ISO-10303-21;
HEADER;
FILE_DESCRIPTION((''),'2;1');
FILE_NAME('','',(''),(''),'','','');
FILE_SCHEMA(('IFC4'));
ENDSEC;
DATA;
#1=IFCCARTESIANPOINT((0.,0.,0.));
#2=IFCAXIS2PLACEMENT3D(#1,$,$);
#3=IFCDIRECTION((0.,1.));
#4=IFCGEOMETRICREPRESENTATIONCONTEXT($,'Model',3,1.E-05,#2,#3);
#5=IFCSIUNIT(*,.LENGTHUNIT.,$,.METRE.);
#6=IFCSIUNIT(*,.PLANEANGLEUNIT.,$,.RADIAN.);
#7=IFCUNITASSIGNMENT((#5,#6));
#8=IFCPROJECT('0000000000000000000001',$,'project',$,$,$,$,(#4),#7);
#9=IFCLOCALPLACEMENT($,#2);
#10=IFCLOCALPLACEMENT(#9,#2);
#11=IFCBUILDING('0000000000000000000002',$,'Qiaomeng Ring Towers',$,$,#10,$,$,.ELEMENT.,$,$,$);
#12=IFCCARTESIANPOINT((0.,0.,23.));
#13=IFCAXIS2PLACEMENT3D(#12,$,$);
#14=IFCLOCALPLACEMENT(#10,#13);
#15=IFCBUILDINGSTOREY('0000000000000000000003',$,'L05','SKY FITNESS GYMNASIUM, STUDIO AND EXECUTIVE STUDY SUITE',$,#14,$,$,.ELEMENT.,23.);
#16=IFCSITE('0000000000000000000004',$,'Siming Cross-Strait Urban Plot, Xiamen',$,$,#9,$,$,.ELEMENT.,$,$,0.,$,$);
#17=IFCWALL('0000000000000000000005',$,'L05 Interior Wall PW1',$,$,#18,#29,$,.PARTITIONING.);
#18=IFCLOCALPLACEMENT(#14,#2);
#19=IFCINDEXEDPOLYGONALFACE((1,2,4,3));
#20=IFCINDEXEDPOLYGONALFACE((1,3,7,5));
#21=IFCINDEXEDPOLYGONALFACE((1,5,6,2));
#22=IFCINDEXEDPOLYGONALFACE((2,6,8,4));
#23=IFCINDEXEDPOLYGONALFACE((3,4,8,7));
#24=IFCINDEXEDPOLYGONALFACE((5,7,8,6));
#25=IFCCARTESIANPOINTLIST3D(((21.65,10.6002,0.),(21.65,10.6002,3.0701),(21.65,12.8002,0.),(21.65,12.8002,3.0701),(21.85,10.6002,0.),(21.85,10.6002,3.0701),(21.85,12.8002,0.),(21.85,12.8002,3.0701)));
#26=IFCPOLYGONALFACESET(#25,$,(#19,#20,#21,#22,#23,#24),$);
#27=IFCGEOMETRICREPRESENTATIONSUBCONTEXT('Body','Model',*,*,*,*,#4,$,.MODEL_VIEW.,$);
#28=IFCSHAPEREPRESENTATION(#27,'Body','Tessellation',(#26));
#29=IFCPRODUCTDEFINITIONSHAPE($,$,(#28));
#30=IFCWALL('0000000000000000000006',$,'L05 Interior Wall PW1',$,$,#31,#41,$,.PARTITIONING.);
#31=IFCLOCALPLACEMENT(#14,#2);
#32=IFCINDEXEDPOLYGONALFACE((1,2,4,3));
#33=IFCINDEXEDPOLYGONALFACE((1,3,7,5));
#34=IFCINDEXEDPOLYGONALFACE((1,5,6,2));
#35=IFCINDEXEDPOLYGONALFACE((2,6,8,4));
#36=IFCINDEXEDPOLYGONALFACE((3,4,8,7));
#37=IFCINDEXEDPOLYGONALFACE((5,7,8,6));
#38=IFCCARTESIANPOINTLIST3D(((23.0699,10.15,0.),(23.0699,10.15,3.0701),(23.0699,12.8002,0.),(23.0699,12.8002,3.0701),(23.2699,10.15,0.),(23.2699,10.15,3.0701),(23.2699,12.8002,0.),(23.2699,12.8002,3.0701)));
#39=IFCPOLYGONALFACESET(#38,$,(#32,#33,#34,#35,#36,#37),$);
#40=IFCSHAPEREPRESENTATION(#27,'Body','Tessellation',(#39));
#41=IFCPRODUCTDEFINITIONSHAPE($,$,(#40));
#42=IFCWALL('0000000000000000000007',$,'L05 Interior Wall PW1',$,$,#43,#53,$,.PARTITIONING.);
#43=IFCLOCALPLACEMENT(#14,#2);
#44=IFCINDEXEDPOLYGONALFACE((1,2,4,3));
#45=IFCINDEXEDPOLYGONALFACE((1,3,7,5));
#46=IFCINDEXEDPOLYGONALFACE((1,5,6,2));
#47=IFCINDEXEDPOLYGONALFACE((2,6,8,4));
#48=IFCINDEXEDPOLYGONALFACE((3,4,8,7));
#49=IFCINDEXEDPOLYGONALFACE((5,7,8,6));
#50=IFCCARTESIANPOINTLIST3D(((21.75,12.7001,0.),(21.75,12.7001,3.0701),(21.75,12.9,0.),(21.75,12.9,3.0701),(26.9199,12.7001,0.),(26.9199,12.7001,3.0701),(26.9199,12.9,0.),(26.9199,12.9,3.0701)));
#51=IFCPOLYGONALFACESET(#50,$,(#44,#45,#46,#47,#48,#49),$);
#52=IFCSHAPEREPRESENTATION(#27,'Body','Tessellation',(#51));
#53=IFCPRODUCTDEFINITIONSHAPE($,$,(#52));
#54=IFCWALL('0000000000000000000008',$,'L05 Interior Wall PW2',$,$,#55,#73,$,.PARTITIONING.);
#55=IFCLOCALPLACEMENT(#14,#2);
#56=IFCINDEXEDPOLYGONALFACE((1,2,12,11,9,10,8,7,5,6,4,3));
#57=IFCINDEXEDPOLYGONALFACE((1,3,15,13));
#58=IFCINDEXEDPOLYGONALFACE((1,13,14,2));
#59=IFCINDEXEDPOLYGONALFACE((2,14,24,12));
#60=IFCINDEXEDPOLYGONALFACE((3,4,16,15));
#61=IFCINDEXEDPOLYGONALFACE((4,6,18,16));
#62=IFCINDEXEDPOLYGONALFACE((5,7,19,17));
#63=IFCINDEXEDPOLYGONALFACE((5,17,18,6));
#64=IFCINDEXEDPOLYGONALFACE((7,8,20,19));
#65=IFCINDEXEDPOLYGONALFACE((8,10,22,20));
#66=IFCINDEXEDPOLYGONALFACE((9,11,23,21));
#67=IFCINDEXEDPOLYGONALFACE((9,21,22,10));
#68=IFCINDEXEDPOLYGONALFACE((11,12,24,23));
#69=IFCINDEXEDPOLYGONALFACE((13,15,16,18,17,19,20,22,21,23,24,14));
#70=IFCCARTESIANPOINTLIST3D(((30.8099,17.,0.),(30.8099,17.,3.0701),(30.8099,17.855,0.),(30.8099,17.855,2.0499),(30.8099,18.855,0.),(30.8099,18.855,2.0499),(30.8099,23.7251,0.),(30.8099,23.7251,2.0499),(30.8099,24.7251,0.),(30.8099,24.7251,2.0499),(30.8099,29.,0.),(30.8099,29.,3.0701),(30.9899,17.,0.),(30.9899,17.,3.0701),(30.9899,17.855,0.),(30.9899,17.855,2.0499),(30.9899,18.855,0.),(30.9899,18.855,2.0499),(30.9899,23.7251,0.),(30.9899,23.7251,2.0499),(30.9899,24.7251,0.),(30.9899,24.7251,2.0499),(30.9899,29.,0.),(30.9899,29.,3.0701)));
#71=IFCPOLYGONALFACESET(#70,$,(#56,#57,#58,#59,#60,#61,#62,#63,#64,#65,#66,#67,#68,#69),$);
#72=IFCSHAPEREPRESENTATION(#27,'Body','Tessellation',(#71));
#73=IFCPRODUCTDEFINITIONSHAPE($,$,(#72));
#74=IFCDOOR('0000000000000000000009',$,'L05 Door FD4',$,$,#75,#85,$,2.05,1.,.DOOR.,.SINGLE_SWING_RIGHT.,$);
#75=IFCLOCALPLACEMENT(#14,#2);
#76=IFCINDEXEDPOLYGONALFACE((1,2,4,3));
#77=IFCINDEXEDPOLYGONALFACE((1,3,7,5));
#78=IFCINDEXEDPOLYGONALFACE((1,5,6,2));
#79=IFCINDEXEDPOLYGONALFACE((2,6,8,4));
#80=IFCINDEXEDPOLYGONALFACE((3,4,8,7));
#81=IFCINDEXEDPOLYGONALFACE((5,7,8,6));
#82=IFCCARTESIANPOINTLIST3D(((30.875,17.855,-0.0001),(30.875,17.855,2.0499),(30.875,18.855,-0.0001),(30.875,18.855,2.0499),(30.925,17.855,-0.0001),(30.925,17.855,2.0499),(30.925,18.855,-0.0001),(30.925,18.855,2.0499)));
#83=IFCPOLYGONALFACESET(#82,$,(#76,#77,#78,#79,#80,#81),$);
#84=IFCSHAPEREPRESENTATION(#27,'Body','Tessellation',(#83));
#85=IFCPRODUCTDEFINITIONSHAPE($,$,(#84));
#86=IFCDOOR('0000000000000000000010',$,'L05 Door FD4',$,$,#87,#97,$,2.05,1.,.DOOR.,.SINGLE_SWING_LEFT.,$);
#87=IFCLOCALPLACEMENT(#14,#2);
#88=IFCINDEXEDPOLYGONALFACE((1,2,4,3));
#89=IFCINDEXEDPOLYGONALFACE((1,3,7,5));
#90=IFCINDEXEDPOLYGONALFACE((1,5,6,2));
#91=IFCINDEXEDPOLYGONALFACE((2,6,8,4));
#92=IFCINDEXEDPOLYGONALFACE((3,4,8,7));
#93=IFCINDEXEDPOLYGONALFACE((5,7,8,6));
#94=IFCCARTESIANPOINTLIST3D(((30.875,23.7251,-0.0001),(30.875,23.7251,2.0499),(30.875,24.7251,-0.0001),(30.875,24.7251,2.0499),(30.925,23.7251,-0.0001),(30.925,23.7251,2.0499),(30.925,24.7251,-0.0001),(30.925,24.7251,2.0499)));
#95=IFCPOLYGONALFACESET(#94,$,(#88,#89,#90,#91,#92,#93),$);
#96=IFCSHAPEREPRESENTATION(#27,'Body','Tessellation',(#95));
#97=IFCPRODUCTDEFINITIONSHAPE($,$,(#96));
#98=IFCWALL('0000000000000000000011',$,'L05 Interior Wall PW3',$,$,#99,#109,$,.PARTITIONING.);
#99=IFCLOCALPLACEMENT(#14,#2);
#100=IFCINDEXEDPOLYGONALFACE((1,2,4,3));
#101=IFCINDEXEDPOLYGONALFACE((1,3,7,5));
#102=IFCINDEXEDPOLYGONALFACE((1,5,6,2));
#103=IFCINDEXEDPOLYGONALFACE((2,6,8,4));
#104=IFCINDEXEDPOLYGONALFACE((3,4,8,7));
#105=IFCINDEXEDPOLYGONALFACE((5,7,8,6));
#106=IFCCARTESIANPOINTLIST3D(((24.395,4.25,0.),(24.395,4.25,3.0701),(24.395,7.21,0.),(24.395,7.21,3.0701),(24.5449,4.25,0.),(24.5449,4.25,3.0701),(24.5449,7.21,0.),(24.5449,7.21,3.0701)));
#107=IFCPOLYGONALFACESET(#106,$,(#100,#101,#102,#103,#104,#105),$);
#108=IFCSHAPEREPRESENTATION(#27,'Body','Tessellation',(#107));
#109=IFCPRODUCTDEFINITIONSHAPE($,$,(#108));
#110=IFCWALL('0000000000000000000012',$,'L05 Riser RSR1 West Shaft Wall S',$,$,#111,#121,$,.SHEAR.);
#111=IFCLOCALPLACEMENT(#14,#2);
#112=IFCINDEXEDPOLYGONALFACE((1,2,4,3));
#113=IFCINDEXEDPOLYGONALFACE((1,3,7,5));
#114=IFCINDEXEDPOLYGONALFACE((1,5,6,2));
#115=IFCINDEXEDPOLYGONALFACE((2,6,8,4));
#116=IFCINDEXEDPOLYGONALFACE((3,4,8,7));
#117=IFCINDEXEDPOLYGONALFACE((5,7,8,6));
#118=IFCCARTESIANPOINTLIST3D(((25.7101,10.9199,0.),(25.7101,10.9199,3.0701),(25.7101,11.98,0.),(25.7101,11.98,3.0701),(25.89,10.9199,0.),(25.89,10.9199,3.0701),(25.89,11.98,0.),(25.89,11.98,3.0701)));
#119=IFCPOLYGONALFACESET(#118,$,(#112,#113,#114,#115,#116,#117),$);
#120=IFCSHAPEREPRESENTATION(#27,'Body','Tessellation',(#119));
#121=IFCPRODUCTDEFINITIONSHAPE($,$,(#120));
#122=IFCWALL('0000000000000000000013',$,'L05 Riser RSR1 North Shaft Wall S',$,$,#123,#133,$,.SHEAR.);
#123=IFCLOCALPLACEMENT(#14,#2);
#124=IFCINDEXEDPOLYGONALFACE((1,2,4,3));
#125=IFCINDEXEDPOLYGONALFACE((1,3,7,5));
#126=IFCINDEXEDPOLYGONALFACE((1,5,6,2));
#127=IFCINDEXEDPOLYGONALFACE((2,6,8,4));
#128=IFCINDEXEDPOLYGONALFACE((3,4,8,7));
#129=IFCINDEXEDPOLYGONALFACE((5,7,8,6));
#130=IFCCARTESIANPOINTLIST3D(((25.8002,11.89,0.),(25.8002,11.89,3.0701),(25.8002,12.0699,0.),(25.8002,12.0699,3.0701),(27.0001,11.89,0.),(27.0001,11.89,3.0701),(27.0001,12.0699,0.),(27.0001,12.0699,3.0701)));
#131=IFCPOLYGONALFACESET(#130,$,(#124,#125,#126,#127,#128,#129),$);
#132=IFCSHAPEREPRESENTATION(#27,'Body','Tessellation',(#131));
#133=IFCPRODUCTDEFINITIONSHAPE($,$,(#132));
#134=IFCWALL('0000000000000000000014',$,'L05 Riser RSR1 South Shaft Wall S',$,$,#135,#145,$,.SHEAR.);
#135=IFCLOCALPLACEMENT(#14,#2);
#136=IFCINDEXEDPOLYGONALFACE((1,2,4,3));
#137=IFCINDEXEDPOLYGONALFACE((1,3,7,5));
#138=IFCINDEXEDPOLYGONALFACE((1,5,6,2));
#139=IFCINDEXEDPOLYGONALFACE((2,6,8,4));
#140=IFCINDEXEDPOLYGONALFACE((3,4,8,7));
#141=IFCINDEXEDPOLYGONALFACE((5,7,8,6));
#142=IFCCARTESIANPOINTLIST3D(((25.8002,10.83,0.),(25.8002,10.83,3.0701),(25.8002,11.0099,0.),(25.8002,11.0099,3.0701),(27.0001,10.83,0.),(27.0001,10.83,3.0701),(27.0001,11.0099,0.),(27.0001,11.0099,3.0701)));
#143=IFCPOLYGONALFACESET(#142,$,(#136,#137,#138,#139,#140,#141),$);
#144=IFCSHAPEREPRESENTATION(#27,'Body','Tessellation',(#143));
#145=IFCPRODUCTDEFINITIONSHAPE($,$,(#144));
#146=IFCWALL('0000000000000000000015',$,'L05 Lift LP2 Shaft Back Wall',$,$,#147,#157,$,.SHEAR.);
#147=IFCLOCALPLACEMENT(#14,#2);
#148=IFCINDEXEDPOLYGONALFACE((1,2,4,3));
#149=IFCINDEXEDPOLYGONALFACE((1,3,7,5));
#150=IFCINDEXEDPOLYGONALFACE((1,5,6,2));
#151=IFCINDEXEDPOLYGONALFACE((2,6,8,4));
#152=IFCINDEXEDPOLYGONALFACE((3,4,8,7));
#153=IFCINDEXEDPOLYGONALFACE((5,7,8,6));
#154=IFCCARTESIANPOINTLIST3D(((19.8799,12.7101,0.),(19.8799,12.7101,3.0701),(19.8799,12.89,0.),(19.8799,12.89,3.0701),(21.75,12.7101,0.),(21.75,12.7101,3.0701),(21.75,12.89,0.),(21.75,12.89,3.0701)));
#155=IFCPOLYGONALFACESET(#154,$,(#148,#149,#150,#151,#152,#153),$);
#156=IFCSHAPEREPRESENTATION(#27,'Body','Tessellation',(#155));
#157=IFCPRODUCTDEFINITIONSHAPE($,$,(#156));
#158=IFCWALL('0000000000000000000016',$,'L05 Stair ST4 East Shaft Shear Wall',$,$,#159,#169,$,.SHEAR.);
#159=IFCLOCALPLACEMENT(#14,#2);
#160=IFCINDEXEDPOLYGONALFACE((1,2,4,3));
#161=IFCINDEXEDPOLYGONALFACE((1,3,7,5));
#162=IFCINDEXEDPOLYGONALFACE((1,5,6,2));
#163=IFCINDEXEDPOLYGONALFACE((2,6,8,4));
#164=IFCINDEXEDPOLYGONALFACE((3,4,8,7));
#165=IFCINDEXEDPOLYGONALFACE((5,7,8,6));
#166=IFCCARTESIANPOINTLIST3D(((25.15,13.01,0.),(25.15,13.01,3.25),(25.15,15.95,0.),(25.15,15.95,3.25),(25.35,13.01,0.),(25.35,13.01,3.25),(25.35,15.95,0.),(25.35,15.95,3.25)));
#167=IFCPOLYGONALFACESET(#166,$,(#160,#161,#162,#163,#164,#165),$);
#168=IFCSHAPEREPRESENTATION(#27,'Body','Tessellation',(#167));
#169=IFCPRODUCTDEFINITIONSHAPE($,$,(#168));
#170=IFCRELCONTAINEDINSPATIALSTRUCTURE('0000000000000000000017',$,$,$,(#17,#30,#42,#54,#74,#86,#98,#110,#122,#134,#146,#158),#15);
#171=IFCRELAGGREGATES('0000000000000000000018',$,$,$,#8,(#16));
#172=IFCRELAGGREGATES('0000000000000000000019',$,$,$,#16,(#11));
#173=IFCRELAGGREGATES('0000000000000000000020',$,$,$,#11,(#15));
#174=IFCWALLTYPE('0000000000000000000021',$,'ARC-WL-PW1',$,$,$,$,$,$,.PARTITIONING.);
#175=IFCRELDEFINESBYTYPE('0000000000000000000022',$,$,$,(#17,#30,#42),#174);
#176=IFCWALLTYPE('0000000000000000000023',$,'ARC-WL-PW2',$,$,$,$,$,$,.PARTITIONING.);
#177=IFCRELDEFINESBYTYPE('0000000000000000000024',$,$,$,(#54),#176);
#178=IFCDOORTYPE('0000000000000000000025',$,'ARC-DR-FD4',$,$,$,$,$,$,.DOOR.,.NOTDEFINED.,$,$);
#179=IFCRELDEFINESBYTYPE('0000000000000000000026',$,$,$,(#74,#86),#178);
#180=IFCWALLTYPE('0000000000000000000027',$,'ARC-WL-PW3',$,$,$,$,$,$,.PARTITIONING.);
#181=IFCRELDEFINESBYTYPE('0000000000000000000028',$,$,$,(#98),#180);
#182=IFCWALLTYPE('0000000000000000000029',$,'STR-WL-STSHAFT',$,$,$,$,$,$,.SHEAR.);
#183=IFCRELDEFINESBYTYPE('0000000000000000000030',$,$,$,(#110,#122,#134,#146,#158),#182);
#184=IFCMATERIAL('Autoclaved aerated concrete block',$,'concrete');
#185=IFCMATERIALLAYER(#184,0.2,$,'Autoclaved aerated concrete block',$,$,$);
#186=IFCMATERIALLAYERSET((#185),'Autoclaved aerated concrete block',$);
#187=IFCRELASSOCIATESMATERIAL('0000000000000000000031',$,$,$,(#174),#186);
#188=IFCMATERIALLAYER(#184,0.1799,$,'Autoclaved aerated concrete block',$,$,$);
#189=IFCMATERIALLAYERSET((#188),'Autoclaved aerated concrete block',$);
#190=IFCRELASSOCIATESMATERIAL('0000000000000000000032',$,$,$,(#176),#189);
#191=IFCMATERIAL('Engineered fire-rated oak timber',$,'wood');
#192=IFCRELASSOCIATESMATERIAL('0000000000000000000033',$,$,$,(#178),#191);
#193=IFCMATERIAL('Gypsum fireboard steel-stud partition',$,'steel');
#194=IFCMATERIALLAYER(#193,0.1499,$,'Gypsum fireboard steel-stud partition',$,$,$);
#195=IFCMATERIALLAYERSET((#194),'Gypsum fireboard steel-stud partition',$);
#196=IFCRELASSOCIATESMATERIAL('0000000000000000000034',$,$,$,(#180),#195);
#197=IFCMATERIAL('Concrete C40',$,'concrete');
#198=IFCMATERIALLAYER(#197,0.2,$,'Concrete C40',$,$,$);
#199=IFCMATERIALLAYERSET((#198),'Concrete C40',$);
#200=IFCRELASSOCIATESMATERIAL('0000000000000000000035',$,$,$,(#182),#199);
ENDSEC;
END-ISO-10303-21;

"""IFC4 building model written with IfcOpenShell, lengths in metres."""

from ifc_helpers import new_model, si_unit, direction, frame, frame_2d, origin, place, context, subcontext, project, spatial, rectangle, extrude, source, transform, mapped, material, layer, layer_set, type_object, element, fill, save


model = new_model("IFC4")

# Units and contexts
model_context = context("Model", 3, precision=1e-05, world=origin(), true_north=direction((0.0, 1.0)))
body_context = subcontext(model_context, "Body", "Model", "MODEL_VIEW")
ifc_project = project(units=[si_unit("LENGTHUNIT", "METRE"), si_unit("PLANEANGLEUNIT", "RADIAN")], contexts=[model_context])

# Site, building, storey
site_placement = place(None, origin())
site = spatial("IfcSite", under=ifc_project, at=site_placement, Name="Siming Cross-Strait Urban Plot, Xiamen", CompositionType="ELEMENT", RefElevation=0.0)
building_placement = place(site_placement, origin())
building = spatial("IfcBuilding", under=site, at=building_placement, Name="Qiaomeng Ring Towers", CompositionType="ELEMENT")
storey_placement = place(building_placement, frame((0.0, 0.0, 23.0)))
storey = spatial("IfcBuildingStorey", under=building, at=storey_placement, Name="L05", Description="SKY FITNESS GYMNASIUM, STUDIO AND EXECUTIVE STUDY SUITE", CompositionType="ELEMENT", Elevation=23.0)

# Shared definitions
ifc_material_1 = material(Name="Autoclaved aerated concrete block", Category="concrete")
ifc_layer_1 = layer(ifc_material_1, 0.2, Name="Autoclaved aerated concrete block")
ifc_layer_set_1 = layer_set([ifc_layer_1], Name="Autoclaved aerated concrete block")
wall_type_1 = type_object("IfcWallType", Name="ARC-WL-PW1", PredefinedType="PARTITIONING", material=ifc_layer_set_1)

# Walls
wall_1_placement = place(storey_placement, frame((21.75, 10.6001, 0.0), z_axis=(0.0, 0.0, 1.0), x_axis=(0.0, 1.0, 0.0)))
element("IfcWall", 1, at=wall_1_placement, inside=storey, type_object=wall_type_1, Name="L05 Interior Wall PW1", PredefinedType="PARTITIONING", context=body_context, shape_type="SweptSolid", body=[
    extrude(rectangle(XDim=2.2, YDim=0.2, at=frame_2d((1.1001, 0.0))), origin(), (0.0, 0.0, 1.0), 3.0701),
])
wall_2_placement = place(storey_placement, frame((23.1699, 10.1499, 0.0), z_axis=(0.0, 0.0, 1.0), x_axis=(0.0, 1.0, 0.0)))
element("IfcWall", 2, at=wall_2_placement, inside=storey, type_object=wall_type_1, Name="L05 Interior Wall PW1", PredefinedType="PARTITIONING", context=body_context, shape_type="SweptSolid", body=[
    extrude(rectangle(XDim=2.6501, YDim=0.2, at=frame_2d((1.3252, 0.0))), origin(), (0.0, 0.0, 1.0), 3.0701),
])
wall_3_placement = place(storey_placement, frame((21.75, 12.8, 0.0), z_axis=(0.0, 0.0, 1.0), x_axis=(1.0, 0.0, 0.0)))
element("IfcWall", 3, at=wall_3_placement, inside=storey, type_object=wall_type_1, Name="L05 Interior Wall PW1", PredefinedType="PARTITIONING", context=body_context, shape_type="SweptSolid", body=[
    extrude(rectangle(XDim=5.1699, YDim=0.2, at=frame_2d((2.585, 0.0))), origin(), (0.0, 0.0, 1.0), 3.0701),
])

# Wall, openings, doors
ifc_layer_2 = layer(ifc_material_1, 0.1799, Name="Autoclaved aerated concrete block")
ifc_layer_set_2 = layer_set([ifc_layer_2], Name="Autoclaved aerated concrete block")
wall_type_2 = type_object("IfcWallType", Name="ARC-WL-PW2", PredefinedType="PARTITIONING", material=ifc_layer_set_2)
wall_4_placement = place(storey_placement, frame((30.8999, 17.0, 0.0), z_axis=(0.0, 0.0, 1.0), x_axis=(0.0, 1.0, 0.0)))
wall_4 = element("IfcWall", 4, at=wall_4_placement, inside=storey, type_object=wall_type_2, Name="L05 Interior Wall PW2", PredefinedType="PARTITIONING", context=body_context, shape_type="SweptSolid", body=[
    extrude(rectangle(XDim=12.0, YDim=0.1799, at=frame_2d((6.0, 0.0))), origin(), (0.0, 0.0, 1.0), 3.0701),
])
opening_1_placement = place(wall_4_placement, frame((0.855, 0.0, 0.0)))
opening_1 = element("IfcOpeningElement", 5, at=opening_1_placement, cuts=wall_4, PredefinedType="OPENING", context=body_context, shape_type="SweptSolid", body=[
    extrude(rectangle(XDim=1.0, YDim=2.05, at=frame_2d((0.5, 1.0249))), frame((0.0, 0.0999, 0.0), z_axis=(0.0, -1.0, 0.0), x_axis=(1.0, 0.0, 0.0)), (0.0, 0.0, 1.0), 0.2),
])
opening_2_placement = place(wall_4_placement, frame((6.7251, 0.0, 0.0)))
opening_2 = element("IfcOpeningElement", 6, at=opening_2_placement, cuts=wall_4, PredefinedType="OPENING", context=body_context, shape_type="SweptSolid", body=[
    extrude(rectangle(XDim=1.0, YDim=2.05, at=frame_2d((0.5, 1.0249))), frame((0.0, 0.0999, 0.0), z_axis=(0.0, -1.0, 0.0), x_axis=(1.0, 0.0, 0.0)), (0.0, 0.0, 1.0), 0.2),
])
ifc_material_2 = material(Name="Engineered fire-rated oak timber", Category="wood")
door_type_1 = type_object("IfcDoorType", Name="ARC-DR-FD4", OperationType="NOTDEFINED", PredefinedType="DOOR", material=ifc_material_2)
shared_shape_1 = source(origin(), body_context, "Body", "SweptSolid", [
    extrude(rectangle(XDim=1.0, YDim=2.05, at=frame_2d((0.5, 1.0249))), frame((0.0, 0.0249, 0.0), z_axis=(0.0, -1.0, 0.0), x_axis=(1.0, 0.0, 0.0)), (0.0, 0.0, 1.0), 0.05),
])
door_1_placement = place(opening_1_placement, origin())
door_1 = element("IfcDoor", 7, at=door_1_placement, inside=storey, type_object=door_type_1, Name="L05 Door FD4", OperationType="SINGLE_SWING_RIGHT", OverallHeight=2.05, OverallWidth=1.0, PredefinedType="DOOR", context=body_context, shape_type="MappedRepresentation", body=[
    mapped(shared_shape_1, transform((0.0, 0.0, 0.0), x_axis=(1.0, 0.0, 0.0), y_axis=(0.0, 1.0, 0.0), z_axis=(0.0, 0.0, 1.0), scale=1.0)),
])
fill(opening_1, door_1)
door_2_placement = place(opening_2_placement, origin())
door_2 = element("IfcDoor", 8, at=door_2_placement, inside=storey, type_object=door_type_1, Name="L05 Door FD4", OperationType="SINGLE_SWING_LEFT", OverallHeight=2.05, OverallWidth=1.0, PredefinedType="DOOR", context=body_context, shape_type="MappedRepresentation", body=[
    mapped(shared_shape_1, transform((0.0, 0.0, 0.0), x_axis=(1.0, 0.0, 0.0), y_axis=(0.0, 1.0, 0.0), z_axis=(0.0, 0.0, 1.0), scale=1.0)),
])
fill(opening_2, door_2)

# Walls
ifc_material_3 = material(Name="Gypsum fireboard steel-stud partition", Category="steel")
ifc_layer_3 = layer(ifc_material_3, 0.1499, Name="Gypsum fireboard steel-stud partition")
ifc_layer_set_3 = layer_set([ifc_layer_3], Name="Gypsum fireboard steel-stud partition")
wall_type_3 = type_object("IfcWallType", Name="ARC-WL-PW3", PredefinedType="PARTITIONING", material=ifc_layer_set_3)
wall_5_placement = place(storey_placement, frame((24.47, 4.25, 0.0), z_axis=(0.0, 0.0, 1.0), x_axis=(0.0, 1.0, 0.0)))
element("IfcWall", 9, at=wall_5_placement, inside=storey, type_object=wall_type_3, Name="L05 Interior Wall PW3", PredefinedType="PARTITIONING", context=body_context, shape_type="SweptSolid", body=[
    extrude(rectangle(XDim=2.96, YDim=0.1499, at=frame_2d((1.48, 0.0))), origin(), (0.0, 0.0, 1.0), 3.0701),
])
ifc_material_4 = material(Name="Concrete C40", Category="concrete")
ifc_layer_4 = layer(ifc_material_4, 0.2, Name="Concrete C40")
ifc_layer_set_4 = layer_set([ifc_layer_4], Name="Concrete C40")
wall_type_4 = type_object("IfcWallType", Name="STR-WL-STSHAFT", PredefinedType="SHEAR", material=ifc_layer_set_4)
wall_6_placement = place(storey_placement, frame((25.8, 10.9199, 0.0), z_axis=(0.0, 0.0, 1.0), x_axis=(0.0, 1.0, 0.0)))
element("IfcWall", 10, at=wall_6_placement, inside=storey, type_object=wall_type_4, Name="L05 Riser RSR1 West Shaft Wall S", PredefinedType="SHEAR", context=body_context, shape_type="SweptSolid", body=[
    extrude(rectangle(XDim=1.0601, YDim=0.1799, at=frame_2d((0.53, 0.0))), origin(), (0.0, 0.0, 1.0), 3.0701),
])
for number, where, z_axis, x_axis, name in (
    (11, (25.8, 11.98, 0.0), (0.0, 0.0, 1.0), (1.0, 0.0, 0.0), "L05 Riser RSR1 North Shaft Wall S"),
    (12, (25.8, 10.9199, 0.0), (0.0, 0.0, 1.0), (1.0, 0.0, 0.0), "L05 Riser RSR1 South Shaft Wall S"),
):
    element("IfcWall", number, at=place(storey_placement, frame(where, z_axis=z_axis, x_axis=x_axis)), inside=storey, type_object=wall_type_4, Name=name, PredefinedType="SHEAR", context=body_context, shape_type="SweptSolid", body=[
        extrude(rectangle(XDim=1.2, YDim=0.1799, at=frame_2d((0.6001, 0.0))), origin(), (0.0, 0.0, 1.0), 3.0701),
    ])
wall_7_placement = place(storey_placement, frame((19.8799, 12.8, 0.0), z_axis=(0.0, 0.0, 1.0), x_axis=(1.0, 0.0, 0.0)))
element("IfcWall", 13, at=wall_7_placement, inside=storey, type_object=wall_type_4, Name="L05 Lift LP2 Shaft Back Wall", PredefinedType="SHEAR", context=body_context, shape_type="SweptSolid", body=[
    extrude(rectangle(XDim=1.8701, YDim=0.1799, at=frame_2d((0.9351, 0.0))), origin(), (0.0, 0.0, 1.0), 3.0701),
])
wall_8_placement = place(storey_placement, frame((25.25, 13.01, 0.0), z_axis=(0.0, 0.0, 1.0), x_axis=(0.0, 1.0, 0.0)))
element("IfcWall", 14, at=wall_8_placement, inside=storey, type_object=wall_type_4, Name="L05 Stair ST4 East Shaft Shear Wall", PredefinedType="SHEAR", context=body_context, shape_type="SweptSolid", body=[
    extrude(rectangle(XDim=2.9399, YDim=0.2, at=frame_2d((1.47, 0.0))), origin(), (0.0, 0.0, 1.0), 3.25),
])

save(model, "model.ifc")
